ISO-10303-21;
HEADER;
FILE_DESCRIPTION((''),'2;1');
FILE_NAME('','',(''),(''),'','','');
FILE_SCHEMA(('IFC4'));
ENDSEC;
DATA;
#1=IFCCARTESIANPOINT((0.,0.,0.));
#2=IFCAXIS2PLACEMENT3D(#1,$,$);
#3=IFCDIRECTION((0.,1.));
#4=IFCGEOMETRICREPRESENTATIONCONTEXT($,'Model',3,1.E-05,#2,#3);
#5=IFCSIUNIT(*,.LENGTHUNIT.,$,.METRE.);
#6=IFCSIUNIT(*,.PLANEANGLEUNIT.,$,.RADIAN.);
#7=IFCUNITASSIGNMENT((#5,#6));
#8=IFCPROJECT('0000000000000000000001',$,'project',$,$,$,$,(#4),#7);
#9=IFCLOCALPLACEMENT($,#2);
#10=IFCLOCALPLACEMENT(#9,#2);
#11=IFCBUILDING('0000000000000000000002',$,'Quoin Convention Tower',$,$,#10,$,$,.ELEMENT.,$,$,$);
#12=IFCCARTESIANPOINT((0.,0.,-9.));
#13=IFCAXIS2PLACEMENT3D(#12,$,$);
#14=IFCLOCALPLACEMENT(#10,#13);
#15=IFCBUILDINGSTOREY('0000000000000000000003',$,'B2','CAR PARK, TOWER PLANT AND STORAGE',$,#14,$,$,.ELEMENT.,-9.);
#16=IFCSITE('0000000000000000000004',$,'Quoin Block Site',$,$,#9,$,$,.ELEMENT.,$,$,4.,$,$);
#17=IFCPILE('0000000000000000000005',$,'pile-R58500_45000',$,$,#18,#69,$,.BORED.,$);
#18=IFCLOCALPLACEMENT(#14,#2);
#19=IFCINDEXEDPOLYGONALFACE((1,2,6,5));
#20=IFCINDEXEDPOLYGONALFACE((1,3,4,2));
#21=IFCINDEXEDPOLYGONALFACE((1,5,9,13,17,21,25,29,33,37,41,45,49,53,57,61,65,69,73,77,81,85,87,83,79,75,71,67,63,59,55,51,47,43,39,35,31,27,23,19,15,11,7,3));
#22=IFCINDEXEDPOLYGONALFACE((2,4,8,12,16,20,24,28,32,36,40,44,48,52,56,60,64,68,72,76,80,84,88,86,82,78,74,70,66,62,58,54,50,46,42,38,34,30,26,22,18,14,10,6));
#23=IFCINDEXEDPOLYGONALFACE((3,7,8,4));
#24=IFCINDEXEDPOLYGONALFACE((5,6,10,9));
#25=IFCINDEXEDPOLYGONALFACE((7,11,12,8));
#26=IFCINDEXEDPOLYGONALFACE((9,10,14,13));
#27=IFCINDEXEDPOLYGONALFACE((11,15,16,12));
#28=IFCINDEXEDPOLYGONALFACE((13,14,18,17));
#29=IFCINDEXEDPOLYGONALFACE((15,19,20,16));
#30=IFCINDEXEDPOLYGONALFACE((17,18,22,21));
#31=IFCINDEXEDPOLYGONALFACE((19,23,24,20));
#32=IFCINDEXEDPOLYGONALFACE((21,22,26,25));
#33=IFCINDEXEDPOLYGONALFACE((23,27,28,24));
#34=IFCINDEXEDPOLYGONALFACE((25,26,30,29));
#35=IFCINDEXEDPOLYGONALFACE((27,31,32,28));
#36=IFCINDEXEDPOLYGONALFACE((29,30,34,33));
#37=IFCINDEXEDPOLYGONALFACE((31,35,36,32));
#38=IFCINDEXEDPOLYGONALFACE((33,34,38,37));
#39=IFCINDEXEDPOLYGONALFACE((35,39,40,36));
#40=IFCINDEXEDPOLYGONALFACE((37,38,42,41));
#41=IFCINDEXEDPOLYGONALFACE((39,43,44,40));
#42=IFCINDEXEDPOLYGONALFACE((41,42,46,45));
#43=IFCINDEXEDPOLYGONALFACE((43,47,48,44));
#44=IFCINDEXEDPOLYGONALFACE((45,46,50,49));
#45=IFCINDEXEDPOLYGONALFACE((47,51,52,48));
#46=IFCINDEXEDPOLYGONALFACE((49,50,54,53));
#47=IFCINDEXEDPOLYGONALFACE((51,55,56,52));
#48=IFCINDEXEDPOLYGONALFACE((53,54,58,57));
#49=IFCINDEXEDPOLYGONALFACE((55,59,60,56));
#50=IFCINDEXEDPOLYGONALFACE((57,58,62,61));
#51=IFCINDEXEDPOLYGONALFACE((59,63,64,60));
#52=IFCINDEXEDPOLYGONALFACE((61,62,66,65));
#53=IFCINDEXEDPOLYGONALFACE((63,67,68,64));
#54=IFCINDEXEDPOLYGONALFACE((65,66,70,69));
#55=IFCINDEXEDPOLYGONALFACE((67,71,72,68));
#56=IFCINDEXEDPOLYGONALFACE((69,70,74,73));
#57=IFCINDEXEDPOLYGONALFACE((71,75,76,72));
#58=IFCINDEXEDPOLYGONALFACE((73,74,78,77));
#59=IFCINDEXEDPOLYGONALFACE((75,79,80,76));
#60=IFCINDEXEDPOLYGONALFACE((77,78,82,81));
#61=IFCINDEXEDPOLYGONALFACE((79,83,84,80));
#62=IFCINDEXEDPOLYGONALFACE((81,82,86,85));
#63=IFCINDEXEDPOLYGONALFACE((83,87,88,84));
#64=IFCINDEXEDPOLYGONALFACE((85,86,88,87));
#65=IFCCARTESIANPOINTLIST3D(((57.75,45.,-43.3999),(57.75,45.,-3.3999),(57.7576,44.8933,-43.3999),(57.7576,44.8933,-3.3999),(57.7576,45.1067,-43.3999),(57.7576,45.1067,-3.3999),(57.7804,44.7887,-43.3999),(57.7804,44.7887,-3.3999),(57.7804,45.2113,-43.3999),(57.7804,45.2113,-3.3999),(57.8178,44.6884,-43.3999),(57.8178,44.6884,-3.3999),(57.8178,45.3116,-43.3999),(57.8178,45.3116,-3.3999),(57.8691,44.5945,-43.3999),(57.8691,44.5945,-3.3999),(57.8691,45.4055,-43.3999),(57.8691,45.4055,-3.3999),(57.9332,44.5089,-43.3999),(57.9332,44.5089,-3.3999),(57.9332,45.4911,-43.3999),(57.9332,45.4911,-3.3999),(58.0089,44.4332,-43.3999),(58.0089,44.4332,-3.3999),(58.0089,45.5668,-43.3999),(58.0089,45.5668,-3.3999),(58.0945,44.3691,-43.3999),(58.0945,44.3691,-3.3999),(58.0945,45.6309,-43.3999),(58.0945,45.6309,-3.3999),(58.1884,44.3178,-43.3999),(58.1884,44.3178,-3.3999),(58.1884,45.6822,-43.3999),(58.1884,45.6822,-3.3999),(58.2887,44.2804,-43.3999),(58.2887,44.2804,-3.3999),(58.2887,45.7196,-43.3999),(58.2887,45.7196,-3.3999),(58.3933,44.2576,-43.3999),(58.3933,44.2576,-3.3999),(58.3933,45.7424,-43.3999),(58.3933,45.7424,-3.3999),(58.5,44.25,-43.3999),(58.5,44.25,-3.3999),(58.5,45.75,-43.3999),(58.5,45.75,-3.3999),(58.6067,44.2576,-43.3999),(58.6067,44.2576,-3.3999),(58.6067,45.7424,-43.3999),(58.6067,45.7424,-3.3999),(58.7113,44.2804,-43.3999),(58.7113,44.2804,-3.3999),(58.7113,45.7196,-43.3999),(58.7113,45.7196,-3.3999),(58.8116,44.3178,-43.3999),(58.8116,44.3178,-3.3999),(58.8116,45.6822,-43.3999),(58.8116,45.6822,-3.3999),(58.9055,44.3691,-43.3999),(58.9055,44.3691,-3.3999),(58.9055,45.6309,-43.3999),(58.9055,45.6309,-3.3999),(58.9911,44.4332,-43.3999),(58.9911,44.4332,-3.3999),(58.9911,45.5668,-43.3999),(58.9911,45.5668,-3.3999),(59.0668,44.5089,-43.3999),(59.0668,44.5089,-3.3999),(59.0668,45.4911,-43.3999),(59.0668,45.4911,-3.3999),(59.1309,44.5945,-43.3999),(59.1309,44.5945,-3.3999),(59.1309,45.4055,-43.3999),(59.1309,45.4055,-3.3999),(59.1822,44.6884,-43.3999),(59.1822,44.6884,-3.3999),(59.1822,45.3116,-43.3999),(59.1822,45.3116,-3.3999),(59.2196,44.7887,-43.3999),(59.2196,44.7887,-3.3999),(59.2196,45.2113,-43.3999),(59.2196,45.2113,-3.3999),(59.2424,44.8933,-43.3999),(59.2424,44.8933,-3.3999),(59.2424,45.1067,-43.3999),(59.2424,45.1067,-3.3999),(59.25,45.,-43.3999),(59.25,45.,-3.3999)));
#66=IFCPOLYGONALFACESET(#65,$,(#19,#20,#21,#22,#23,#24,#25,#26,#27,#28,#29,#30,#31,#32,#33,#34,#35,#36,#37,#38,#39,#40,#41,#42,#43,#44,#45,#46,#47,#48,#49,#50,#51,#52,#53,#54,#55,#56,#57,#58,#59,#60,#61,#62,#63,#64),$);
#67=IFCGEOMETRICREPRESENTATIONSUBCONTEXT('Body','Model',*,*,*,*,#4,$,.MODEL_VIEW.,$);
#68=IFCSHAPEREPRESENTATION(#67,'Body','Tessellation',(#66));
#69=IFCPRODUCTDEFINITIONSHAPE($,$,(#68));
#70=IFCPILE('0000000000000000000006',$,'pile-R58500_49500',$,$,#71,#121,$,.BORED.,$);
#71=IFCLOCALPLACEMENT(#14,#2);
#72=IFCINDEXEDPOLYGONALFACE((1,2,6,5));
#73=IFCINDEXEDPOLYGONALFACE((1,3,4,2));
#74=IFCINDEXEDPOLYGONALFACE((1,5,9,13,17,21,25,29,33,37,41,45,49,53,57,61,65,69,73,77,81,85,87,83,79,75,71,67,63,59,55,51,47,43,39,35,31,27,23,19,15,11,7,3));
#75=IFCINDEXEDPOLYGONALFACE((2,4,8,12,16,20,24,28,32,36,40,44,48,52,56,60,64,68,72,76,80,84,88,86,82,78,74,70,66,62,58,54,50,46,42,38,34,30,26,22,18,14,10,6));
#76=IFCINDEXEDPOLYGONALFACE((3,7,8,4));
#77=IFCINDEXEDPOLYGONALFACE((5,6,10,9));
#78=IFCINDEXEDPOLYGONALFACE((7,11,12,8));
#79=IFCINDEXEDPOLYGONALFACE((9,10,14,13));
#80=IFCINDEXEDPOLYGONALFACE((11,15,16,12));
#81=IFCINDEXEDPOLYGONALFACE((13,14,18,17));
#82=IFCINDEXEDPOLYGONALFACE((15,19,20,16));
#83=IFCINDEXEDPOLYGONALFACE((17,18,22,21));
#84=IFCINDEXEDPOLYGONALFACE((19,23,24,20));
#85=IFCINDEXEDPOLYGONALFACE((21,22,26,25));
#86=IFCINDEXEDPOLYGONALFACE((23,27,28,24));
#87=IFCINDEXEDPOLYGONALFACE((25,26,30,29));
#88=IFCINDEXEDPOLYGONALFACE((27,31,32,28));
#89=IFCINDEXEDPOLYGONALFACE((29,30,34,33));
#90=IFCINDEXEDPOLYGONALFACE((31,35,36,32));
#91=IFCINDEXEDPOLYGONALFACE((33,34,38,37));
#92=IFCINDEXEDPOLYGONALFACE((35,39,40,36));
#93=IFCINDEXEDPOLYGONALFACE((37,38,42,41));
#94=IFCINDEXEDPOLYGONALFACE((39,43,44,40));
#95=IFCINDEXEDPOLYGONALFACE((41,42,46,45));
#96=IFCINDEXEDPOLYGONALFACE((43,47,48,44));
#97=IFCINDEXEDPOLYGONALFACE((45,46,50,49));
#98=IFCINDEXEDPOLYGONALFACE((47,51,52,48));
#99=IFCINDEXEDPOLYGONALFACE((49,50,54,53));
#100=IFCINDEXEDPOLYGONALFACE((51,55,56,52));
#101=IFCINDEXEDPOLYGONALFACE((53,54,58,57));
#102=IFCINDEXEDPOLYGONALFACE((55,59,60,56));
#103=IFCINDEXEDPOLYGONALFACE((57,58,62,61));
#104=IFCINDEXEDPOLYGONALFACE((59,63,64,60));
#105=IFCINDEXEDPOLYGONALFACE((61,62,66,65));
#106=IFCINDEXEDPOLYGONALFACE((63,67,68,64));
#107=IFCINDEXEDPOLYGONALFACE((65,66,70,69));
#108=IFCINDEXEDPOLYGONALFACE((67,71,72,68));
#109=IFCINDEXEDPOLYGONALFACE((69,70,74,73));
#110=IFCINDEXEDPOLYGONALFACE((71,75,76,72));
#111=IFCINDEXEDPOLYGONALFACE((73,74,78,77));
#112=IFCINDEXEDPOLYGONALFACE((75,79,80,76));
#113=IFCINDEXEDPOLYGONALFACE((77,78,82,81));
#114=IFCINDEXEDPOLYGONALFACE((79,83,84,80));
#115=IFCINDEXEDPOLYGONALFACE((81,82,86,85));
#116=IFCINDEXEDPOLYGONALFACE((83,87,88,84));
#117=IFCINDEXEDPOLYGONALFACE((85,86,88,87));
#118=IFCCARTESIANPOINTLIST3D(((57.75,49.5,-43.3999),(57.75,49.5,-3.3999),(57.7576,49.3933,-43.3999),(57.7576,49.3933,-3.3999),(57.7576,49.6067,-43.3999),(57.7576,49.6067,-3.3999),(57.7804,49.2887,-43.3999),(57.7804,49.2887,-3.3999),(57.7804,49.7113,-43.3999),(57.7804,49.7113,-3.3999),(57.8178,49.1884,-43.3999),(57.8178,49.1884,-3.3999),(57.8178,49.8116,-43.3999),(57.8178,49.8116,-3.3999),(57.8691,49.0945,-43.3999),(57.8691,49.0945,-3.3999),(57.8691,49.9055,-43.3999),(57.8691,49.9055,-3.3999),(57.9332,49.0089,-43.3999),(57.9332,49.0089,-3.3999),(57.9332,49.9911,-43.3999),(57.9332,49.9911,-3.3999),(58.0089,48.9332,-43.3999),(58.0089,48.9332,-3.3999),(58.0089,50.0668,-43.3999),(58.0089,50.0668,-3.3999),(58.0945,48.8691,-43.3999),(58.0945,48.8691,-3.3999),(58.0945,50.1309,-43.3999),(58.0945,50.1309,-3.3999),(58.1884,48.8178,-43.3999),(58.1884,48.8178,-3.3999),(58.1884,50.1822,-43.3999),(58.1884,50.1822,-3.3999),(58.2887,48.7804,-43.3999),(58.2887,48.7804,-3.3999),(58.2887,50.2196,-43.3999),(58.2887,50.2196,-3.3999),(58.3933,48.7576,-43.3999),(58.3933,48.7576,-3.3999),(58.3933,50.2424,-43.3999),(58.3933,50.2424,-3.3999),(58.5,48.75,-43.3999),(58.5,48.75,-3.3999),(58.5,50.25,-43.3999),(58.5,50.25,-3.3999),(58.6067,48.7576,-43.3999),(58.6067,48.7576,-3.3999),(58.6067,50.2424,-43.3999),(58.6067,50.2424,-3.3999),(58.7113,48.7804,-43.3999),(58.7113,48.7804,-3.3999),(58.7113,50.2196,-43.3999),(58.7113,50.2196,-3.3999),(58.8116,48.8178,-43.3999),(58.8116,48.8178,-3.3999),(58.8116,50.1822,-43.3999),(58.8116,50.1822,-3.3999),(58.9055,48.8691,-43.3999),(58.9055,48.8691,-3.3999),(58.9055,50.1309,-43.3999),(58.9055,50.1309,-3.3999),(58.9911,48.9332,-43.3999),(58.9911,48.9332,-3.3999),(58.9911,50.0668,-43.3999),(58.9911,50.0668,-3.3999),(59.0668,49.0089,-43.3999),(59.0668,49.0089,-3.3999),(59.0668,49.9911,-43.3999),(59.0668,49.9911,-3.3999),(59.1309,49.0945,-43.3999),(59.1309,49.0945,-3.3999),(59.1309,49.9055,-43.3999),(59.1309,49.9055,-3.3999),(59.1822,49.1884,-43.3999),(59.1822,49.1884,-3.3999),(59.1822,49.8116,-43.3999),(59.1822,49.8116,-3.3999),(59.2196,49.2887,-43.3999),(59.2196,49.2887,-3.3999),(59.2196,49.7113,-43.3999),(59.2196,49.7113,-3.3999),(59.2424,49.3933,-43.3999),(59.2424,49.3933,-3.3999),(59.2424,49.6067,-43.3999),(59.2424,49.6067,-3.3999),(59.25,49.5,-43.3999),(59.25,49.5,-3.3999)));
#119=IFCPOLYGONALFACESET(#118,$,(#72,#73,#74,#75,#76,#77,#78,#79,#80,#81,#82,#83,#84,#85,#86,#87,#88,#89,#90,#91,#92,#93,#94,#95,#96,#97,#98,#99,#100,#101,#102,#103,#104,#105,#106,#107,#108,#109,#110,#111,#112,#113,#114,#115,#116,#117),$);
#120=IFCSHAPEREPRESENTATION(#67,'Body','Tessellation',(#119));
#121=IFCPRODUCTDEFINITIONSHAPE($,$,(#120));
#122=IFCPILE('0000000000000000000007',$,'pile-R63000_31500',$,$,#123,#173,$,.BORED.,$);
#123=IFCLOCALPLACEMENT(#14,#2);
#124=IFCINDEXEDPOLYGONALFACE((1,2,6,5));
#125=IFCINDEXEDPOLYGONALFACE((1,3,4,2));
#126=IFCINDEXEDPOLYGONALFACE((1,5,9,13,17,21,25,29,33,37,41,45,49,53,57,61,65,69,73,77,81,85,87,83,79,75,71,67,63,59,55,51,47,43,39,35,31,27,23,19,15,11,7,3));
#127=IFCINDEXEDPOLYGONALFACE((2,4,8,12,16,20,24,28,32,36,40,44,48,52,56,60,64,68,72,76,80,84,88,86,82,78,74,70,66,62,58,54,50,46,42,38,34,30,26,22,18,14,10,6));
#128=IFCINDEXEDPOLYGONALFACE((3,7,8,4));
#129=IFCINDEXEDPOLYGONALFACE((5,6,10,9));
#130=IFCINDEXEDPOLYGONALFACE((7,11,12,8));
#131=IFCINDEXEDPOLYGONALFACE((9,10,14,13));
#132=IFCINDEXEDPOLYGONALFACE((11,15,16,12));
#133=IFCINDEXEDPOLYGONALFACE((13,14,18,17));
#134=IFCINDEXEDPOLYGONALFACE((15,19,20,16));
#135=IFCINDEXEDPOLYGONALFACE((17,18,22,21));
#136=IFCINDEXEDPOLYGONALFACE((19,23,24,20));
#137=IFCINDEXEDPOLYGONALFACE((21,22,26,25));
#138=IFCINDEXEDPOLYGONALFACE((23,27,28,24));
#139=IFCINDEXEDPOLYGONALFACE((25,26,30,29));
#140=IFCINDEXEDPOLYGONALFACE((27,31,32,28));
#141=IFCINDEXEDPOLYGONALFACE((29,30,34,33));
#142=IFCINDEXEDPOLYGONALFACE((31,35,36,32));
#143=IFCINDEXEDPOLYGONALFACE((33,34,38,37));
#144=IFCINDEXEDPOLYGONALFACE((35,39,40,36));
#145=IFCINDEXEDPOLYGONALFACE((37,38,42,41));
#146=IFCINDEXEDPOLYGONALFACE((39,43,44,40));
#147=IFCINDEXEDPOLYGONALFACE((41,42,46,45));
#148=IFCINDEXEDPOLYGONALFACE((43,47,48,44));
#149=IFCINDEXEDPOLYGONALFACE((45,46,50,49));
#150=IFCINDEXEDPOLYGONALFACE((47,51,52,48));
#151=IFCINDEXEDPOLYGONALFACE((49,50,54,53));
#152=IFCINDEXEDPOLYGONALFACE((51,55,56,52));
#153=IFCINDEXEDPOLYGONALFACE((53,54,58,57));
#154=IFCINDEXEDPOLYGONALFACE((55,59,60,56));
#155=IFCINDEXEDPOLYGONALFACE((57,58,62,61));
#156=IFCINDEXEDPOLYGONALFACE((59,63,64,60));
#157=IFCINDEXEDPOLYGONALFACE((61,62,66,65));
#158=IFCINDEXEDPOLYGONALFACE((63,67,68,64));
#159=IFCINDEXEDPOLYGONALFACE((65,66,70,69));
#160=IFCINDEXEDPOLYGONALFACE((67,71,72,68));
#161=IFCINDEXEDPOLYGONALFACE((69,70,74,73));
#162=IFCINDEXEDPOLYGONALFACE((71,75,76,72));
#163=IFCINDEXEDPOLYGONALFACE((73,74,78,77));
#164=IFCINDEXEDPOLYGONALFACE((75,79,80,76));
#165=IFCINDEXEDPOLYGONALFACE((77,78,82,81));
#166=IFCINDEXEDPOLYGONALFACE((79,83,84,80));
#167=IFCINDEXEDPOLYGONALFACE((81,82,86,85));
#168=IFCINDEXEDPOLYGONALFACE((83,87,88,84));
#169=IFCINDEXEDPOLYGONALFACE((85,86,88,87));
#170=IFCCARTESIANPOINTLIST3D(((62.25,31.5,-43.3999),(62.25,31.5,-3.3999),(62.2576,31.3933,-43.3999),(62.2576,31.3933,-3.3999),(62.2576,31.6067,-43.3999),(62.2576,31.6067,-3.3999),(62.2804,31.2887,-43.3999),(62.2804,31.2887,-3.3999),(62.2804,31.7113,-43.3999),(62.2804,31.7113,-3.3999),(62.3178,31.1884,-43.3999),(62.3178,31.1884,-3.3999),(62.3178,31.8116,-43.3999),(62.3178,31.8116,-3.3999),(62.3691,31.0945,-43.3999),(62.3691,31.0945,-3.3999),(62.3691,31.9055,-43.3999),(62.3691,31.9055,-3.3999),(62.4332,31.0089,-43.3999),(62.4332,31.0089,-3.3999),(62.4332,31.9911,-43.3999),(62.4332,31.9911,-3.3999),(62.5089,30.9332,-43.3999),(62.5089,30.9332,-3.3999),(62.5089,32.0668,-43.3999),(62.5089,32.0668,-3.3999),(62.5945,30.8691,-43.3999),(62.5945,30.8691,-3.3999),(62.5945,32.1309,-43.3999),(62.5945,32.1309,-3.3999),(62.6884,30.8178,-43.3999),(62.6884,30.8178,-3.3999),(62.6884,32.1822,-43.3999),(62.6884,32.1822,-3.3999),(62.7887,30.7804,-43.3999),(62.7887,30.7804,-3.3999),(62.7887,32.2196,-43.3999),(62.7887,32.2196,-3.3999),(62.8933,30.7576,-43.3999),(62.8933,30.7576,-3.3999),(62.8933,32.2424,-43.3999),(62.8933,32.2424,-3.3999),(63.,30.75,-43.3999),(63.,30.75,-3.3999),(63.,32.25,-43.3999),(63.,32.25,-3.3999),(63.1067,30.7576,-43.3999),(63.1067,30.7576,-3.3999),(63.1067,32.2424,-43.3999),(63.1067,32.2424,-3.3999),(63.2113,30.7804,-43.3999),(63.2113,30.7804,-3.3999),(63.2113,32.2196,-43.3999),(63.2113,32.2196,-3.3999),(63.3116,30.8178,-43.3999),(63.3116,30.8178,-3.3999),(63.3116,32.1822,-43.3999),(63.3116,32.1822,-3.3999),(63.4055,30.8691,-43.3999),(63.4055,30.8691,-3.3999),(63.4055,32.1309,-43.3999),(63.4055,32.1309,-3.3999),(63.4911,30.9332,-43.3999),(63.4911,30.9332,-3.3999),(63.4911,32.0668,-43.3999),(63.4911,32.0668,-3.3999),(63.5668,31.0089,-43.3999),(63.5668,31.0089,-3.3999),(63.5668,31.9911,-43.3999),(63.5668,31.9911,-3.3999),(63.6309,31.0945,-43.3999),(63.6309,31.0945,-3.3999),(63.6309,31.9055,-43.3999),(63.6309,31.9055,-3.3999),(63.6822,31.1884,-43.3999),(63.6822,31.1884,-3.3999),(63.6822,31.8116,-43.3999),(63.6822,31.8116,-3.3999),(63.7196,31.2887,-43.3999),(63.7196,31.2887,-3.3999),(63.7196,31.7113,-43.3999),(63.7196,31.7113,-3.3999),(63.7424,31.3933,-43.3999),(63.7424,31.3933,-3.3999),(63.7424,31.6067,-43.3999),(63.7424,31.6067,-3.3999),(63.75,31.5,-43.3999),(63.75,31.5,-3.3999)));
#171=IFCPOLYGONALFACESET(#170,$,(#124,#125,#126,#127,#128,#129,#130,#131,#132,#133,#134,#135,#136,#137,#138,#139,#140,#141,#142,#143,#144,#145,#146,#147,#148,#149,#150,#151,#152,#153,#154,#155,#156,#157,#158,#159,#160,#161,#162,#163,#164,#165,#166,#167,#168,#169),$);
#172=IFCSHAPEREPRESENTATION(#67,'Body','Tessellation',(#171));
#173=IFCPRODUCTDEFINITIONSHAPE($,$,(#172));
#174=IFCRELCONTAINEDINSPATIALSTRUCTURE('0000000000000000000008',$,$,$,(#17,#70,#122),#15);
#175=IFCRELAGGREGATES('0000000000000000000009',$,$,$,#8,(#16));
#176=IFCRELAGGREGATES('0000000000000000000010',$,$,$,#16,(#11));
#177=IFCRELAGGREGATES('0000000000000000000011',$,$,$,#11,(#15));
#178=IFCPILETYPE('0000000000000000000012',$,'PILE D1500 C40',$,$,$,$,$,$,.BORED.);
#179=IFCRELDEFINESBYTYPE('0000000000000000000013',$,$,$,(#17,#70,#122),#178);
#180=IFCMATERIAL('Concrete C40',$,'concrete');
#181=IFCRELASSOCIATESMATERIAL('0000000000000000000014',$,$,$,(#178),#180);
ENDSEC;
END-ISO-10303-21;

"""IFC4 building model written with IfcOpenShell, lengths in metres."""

from ifc_helpers import new_model, si_unit, direction, frame, origin, origin_2d, place, context, subcontext, project, spatial, circle, extrude, material, material_profile, profile_set, type_object, element, save


model = new_model("IFC4")

# Units and contexts
model_context = context("Model", 3, precision=1e-05, world=origin(), true_north=direction((0.0, 1.0)))
body_context = subcontext(model_context, "Body", "Model", "MODEL_VIEW")
ifc_project = project(units=[si_unit("LENGTHUNIT", "METRE"), si_unit("PLANEANGLEUNIT", "RADIAN")], contexts=[model_context])

# Site, building, storey
site_placement = place(None, origin())
site = spatial("IfcSite", under=ifc_project, at=site_placement, Name="Quoin Block Site", CompositionType="ELEMENT", RefElevation=4.0)
building_placement = place(site_placement, origin())
building = spatial("IfcBuilding", under=site, at=building_placement, Name="Quoin Convention Tower", CompositionType="ELEMENT")
storey_placement = place(building_placement, frame((0.0, 0.0, -9.0)))
storey = spatial("IfcBuildingStorey", under=building, at=storey_placement, Name="B2", Description="CAR PARK, TOWER PLANT AND STORAGE", CompositionType="ELEMENT", Elevation=-9.0)

# Piles
ifc_material_1 = material(Name="Concrete C40", Category="concrete")
ifc_material_profile_1 = material_profile(ifc_material_1, circle(Radius=0.75, at=origin_2d()), Name="D1500")
ifc_profile_set_1 = profile_set([ifc_material_profile_1], Name="Concrete C40")
pile_type = type_object("IfcPileType", Name="PILE D1500 C40", PredefinedType="BORED", material=ifc_profile_set_1)
for number, where, z_axis, x_axis, name in (
    (1, (58.5, 45.0, -3.3999), (0.0, 0.0, -1.0), (1.0, 0.0, 0.0), "pile-R58500_45000"),
    (2, (58.5, 49.5, -3.3999), (0.0, 0.0, -1.0), (1.0, 0.0, 0.0), "pile-R58500_49500"),
    (3, (63.0, 31.5, -3.3999), (0.0, 0.0, -1.0), (1.0, 0.0, 0.0), "pile-R63000_31500"),
):
    element("IfcPile", number, at=place(storey_placement, frame(where, z_axis=z_axis, x_axis=x_axis)), inside=storey, type_object=pile_type, Name=name, PredefinedType="BORED", context=body_context, shape_type="SweptSolid", body=[
        extrude(circle(Radius=0.75, at=origin_2d()), origin(), (0.0, 0.0, 1.0), 40.0),
    ])

save(model, "model.ifc")
